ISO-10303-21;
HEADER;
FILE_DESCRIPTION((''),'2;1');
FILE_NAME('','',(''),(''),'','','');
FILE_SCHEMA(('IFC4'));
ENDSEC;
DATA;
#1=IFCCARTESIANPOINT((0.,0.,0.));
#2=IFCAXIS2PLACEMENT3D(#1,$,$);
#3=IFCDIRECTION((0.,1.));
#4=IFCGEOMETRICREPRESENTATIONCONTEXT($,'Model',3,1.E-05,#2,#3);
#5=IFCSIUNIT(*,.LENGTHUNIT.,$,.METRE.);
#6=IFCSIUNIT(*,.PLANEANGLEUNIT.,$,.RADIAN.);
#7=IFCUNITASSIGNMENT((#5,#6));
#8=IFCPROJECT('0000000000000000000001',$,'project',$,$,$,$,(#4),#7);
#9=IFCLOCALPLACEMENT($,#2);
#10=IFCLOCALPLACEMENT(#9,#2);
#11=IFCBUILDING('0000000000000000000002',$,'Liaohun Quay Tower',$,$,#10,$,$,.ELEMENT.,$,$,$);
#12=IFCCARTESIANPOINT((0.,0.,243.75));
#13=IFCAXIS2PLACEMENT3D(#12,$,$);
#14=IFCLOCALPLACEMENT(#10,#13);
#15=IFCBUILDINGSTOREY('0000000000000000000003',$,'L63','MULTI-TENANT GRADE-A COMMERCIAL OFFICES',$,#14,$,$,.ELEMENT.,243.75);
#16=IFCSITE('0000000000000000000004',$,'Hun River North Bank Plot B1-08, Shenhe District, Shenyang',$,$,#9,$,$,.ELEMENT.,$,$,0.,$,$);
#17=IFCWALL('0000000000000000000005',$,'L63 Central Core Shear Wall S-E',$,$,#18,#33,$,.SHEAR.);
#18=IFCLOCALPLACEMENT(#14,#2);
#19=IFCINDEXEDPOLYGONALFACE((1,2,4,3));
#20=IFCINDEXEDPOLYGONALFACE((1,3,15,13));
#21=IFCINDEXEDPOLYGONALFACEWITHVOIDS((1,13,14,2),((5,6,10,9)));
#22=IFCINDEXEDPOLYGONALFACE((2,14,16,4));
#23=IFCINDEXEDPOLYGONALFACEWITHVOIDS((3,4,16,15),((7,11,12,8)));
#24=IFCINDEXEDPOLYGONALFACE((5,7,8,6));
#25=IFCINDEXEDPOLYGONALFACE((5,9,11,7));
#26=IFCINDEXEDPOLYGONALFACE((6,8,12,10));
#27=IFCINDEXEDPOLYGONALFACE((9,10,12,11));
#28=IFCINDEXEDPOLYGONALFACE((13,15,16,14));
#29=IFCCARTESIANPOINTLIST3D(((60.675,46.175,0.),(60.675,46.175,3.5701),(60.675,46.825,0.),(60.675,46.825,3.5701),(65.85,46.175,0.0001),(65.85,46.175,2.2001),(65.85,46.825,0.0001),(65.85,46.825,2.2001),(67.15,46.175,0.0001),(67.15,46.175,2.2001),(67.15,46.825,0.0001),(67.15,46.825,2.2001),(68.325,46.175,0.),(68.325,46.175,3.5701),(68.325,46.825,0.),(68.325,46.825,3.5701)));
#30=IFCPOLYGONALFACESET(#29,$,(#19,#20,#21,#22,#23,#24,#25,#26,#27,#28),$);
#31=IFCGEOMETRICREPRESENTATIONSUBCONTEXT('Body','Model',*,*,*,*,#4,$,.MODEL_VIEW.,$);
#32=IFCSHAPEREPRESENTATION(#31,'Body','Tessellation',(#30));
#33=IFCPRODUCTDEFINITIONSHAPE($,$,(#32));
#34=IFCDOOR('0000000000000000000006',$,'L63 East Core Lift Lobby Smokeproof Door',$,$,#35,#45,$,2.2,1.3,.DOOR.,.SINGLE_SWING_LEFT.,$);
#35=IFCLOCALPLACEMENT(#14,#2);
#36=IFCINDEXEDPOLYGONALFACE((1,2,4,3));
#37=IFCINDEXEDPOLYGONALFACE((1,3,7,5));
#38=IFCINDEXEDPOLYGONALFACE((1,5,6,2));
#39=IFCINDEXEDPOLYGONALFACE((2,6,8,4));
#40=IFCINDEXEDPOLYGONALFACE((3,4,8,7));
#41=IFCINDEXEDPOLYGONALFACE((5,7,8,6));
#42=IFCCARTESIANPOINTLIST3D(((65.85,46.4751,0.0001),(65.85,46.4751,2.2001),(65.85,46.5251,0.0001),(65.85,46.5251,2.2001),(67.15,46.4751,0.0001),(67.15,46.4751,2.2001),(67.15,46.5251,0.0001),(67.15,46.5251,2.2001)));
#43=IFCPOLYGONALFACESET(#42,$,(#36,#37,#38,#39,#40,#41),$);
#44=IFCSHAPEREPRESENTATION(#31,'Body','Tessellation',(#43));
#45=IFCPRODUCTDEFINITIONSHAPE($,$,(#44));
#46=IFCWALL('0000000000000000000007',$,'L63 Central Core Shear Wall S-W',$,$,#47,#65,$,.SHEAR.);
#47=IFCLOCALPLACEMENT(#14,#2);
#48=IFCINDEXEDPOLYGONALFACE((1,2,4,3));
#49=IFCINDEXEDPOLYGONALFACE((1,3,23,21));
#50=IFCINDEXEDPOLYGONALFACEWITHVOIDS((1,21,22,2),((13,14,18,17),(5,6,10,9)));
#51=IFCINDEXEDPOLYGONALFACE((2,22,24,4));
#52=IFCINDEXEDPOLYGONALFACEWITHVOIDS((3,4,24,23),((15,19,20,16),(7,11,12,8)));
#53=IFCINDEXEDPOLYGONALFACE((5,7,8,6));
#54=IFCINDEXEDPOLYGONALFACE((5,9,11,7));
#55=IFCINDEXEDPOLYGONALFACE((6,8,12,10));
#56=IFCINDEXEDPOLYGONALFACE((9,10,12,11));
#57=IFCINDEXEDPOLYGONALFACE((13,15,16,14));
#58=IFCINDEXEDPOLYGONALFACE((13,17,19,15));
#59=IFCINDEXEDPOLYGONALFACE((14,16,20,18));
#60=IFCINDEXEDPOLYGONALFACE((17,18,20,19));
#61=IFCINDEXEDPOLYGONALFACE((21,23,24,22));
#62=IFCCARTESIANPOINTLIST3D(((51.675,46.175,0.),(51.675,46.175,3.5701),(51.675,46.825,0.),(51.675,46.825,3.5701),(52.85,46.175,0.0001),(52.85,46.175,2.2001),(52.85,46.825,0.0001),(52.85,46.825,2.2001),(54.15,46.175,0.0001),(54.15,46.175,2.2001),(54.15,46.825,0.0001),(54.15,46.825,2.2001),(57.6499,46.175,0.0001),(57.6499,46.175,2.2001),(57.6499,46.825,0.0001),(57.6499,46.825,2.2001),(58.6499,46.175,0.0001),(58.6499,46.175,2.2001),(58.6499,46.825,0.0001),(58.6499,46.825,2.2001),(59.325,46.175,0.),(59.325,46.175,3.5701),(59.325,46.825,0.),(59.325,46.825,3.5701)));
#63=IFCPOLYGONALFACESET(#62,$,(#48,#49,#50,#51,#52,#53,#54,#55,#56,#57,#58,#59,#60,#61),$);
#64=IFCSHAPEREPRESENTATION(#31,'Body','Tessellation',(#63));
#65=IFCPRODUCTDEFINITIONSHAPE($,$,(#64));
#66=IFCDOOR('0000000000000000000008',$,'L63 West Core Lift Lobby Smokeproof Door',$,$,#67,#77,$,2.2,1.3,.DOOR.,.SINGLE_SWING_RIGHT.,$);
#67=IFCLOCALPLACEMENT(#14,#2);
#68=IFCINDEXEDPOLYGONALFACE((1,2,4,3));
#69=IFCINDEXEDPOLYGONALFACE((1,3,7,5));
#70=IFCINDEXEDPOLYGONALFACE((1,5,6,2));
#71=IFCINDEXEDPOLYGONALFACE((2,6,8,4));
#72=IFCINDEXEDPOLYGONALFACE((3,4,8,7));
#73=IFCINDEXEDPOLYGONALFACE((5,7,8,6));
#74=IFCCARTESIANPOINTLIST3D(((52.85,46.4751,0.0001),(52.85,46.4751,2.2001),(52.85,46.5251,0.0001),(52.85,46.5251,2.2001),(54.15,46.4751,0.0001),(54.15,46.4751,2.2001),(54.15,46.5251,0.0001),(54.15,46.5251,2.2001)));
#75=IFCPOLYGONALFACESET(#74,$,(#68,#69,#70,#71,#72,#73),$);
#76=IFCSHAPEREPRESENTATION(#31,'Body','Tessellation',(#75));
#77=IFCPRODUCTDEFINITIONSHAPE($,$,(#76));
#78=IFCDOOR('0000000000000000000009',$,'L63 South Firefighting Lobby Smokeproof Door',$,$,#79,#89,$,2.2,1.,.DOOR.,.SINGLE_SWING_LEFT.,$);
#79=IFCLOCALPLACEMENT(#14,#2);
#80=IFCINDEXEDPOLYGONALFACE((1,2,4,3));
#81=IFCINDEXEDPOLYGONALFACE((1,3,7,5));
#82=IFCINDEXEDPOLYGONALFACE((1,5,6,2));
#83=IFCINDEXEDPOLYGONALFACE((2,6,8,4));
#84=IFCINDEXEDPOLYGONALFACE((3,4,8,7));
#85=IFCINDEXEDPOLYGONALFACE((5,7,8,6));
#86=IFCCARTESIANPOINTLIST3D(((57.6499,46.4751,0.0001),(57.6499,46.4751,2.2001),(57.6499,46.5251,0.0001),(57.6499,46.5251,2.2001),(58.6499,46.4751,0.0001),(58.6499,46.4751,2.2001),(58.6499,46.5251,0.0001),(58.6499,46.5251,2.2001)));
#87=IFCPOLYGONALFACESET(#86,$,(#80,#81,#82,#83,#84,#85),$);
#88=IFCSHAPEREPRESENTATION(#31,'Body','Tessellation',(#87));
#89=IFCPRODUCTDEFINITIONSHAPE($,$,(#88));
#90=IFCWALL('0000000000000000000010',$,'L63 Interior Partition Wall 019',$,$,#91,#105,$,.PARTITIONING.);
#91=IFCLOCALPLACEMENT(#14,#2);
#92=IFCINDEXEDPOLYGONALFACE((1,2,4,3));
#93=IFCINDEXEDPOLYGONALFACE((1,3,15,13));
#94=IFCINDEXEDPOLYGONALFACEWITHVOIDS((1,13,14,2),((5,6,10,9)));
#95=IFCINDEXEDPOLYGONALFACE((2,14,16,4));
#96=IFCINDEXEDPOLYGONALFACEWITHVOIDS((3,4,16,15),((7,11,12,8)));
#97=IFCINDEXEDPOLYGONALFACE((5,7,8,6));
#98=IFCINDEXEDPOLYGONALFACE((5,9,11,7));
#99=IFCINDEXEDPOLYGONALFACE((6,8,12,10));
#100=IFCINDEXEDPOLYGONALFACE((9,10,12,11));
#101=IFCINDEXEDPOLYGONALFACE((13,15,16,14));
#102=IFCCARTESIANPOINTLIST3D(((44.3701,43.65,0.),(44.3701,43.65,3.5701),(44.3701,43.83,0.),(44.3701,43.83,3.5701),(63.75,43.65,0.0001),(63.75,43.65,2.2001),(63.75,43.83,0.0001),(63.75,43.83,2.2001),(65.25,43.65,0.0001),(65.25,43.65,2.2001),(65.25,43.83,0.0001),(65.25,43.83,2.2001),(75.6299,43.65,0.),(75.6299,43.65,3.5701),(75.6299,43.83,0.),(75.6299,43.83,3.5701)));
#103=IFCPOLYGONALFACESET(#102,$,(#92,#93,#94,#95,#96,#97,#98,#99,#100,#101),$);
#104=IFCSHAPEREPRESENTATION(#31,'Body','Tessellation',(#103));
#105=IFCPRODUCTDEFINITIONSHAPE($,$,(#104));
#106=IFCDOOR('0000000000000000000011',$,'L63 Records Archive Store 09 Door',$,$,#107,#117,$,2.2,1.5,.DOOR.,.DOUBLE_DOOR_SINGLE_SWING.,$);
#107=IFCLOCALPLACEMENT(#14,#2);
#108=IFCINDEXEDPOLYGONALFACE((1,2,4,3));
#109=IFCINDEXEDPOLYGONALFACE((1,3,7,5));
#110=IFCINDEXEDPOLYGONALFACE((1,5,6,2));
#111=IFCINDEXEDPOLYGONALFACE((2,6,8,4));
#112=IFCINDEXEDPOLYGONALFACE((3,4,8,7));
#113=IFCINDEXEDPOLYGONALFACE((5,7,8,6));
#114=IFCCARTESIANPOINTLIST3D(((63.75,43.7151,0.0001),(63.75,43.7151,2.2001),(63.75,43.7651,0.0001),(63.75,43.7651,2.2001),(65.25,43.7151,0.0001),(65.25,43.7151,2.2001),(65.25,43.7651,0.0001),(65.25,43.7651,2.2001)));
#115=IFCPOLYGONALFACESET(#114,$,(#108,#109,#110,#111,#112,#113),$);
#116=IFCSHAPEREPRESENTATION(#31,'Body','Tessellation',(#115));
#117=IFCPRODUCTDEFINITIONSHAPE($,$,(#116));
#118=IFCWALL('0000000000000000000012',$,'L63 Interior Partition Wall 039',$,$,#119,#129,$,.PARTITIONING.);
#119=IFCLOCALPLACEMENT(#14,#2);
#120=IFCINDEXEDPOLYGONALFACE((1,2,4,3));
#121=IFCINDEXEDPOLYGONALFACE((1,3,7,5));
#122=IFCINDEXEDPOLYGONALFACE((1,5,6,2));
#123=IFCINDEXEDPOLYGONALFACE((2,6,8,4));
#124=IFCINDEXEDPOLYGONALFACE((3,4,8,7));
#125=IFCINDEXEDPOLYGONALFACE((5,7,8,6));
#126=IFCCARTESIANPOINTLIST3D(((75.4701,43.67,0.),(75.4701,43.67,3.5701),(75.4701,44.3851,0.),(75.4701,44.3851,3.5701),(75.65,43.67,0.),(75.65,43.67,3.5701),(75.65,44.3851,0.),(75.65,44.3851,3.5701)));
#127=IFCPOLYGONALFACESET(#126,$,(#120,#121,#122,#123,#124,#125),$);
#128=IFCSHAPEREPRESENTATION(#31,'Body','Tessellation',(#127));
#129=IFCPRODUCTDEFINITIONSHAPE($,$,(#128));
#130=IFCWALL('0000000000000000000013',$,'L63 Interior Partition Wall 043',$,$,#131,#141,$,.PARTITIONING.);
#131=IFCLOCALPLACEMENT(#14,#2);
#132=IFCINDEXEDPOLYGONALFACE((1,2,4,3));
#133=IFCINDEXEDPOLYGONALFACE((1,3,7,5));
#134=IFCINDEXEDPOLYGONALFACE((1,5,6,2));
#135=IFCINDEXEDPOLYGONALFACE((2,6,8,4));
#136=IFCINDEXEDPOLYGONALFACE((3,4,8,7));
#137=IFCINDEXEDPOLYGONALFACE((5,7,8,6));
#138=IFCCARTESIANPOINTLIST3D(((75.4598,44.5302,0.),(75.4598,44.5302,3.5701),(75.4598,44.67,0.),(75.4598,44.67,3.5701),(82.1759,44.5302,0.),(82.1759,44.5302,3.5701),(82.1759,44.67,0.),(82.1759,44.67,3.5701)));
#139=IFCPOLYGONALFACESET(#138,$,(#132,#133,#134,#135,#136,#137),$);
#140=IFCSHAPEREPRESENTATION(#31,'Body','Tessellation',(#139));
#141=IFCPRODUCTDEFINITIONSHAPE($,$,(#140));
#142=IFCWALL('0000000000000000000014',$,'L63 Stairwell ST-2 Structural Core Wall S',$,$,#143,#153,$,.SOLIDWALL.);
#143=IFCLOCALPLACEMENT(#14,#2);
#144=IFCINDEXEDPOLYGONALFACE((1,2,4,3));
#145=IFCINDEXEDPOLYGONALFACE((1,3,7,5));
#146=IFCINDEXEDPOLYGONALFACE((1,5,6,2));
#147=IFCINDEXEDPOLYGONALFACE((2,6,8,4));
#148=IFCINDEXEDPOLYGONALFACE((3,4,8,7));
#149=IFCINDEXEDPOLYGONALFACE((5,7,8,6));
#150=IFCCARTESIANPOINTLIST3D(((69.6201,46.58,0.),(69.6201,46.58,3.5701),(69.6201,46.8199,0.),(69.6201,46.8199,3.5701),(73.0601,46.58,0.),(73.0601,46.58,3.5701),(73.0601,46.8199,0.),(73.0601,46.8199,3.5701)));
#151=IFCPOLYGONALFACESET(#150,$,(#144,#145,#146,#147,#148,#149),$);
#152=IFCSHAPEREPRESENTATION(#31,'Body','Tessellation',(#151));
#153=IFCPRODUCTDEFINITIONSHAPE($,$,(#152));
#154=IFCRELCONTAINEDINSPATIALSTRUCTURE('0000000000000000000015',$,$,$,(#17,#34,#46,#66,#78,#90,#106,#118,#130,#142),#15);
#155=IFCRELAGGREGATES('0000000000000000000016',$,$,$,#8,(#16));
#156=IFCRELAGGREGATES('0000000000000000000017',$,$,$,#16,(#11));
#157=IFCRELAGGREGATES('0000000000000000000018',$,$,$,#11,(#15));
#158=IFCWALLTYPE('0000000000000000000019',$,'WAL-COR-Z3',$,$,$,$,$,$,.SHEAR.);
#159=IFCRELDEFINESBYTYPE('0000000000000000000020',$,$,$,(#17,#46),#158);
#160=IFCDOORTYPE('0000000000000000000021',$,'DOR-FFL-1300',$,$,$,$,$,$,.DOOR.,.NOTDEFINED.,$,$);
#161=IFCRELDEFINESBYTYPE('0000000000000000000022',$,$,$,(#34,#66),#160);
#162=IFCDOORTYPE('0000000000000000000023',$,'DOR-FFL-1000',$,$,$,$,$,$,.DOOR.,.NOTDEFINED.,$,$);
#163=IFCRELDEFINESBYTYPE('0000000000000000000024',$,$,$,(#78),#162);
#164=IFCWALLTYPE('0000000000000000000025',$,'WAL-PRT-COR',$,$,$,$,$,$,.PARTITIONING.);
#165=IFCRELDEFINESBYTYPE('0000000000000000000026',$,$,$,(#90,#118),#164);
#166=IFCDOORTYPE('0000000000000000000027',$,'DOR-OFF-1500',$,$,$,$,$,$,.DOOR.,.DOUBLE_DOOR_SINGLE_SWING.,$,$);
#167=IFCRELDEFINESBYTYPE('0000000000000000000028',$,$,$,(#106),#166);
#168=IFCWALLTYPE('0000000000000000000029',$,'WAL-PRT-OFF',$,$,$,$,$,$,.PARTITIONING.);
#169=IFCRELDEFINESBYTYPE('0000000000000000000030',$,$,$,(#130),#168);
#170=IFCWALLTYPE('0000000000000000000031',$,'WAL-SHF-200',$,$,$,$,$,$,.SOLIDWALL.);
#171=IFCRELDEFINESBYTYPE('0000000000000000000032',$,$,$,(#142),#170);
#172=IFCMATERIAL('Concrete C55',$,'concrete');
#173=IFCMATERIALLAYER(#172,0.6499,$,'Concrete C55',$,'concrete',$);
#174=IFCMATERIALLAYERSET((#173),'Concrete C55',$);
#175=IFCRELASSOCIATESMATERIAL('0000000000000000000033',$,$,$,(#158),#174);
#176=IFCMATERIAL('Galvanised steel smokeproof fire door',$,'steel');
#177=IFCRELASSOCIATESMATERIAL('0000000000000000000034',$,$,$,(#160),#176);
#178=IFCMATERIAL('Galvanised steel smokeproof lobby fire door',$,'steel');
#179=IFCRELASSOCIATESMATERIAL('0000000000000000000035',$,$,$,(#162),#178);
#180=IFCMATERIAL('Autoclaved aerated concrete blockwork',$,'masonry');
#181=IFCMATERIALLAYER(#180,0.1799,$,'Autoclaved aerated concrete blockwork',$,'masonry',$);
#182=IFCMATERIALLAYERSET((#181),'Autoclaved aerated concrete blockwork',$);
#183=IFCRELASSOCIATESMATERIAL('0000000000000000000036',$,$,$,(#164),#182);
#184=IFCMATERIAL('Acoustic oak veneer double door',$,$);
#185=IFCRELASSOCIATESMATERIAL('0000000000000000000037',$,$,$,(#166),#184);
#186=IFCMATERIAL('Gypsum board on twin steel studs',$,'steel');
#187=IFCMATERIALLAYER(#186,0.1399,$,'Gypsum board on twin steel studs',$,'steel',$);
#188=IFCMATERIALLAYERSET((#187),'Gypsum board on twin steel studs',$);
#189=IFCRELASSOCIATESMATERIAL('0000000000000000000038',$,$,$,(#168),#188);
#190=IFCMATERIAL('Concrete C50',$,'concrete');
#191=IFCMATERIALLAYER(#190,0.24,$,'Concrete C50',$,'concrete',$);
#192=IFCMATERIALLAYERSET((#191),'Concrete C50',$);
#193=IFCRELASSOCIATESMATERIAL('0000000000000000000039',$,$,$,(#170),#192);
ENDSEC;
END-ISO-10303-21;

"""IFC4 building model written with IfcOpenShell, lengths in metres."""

from ifc_helpers import new_model, si_unit, direction, frame, frame_2d, origin, place, context, subcontext, project, spatial, rectangle, extrude, source, transform, mapped, material, layer, layer_set, type_object, element, fill, save


model = new_model("IFC4")

# Units and contexts
model_context = context("Model", 3, precision=1e-05, world=origin(), true_north=direction((0.0, 1.0)))
body_context = subcontext(model_context, "Body", "Model", "MODEL_VIEW")
ifc_project = project(units=[si_unit("LENGTHUNIT", "METRE"), si_unit("PLANEANGLEUNIT", "RADIAN")], contexts=[model_context])

# Site, building, storey
site_placement = place(None, origin())
site = spatial("IfcSite", under=ifc_project, at=site_placement, Name="Hun River North Bank Plot B1-08, Shenhe District, Shenyang", CompositionType="ELEMENT", RefElevation=0.0)
building_placement = place(site_placement, origin())
building = spatial("IfcBuilding", under=site, at=building_placement, Name="Liaohun Quay Tower", CompositionType="ELEMENT")
storey_placement = place(building_placement, frame((0.0, 0.0, 243.75)))
storey = spatial("IfcBuildingStorey", under=building, at=storey_placement, Name="L63", Description="MULTI-TENANT GRADE-A COMMERCIAL OFFICES", CompositionType="ELEMENT", Elevation=243.75)

# Shared definitions
ifc_material_1 = material(Name="Concrete C55", Category="concrete")

# Wall, opening, door
ifc_layer_1 = layer(ifc_material_1, 0.6499, Name="Concrete C55", Category="concrete")
ifc_layer_set_1 = layer_set([ifc_layer_1], Name="Concrete C55")
wall_type_1 = type_object("IfcWallType", Name="WAL-COR-Z3", PredefinedType="SHEAR", material=ifc_layer_set_1)
wall_1_placement = place(storey_placement, frame((68.325, 46.5, 0.0), z_axis=(0.0, 0.0, 1.0), x_axis=(-1.0, 0.0, 0.0)))
wall_1 = element("IfcWall", 1, at=wall_1_placement, inside=storey, type_object=wall_type_1, Name="L63 Central Core Shear Wall S-E", PredefinedType="SHEAR", context=body_context, shape_type="SweptSolid", body=[
    extrude(rectangle(XDim=7.6499, YDim=0.6499, at=frame_2d((3.825, 0.0))), origin(), (0.0, 0.0, 1.0), 3.5701),
])
shared_shape_1 = source(origin(), body_context, "Body", "SweptSolid", [
    extrude(rectangle(XDim=1.3, YDim=2.2, at=frame_2d((0.6499, 1.1001))), frame((0.0, 0.335, 0.0), z_axis=(0.0, -1.0, 0.0), x_axis=(1.0, 0.0, 0.0)), (0.0, 0.0, 1.0), 0.6699),
])
opening_1_placement = place(wall_1_placement, frame((1.175, 0.0, 0.0)))
opening_1 = element("IfcOpeningElement", 2, at=opening_1_placement, cuts=wall_1, PredefinedType="OPENING", context=body_context, shape_type="MappedRepresentation", body=[
    mapped(shared_shape_1, transform((0.0, 0.0, 0.0), x_axis=(1.0, 0.0, 0.0), y_axis=(0.0, 1.0, 0.0), z_axis=(0.0, 0.0, 1.0), scale=1.0)),
])
ifc_material_2 = material(Name="Galvanised steel smokeproof fire door", Category="steel")
door_type_1 = type_object("IfcDoorType", Name="DOR-FFL-1300", OperationType="NOTDEFINED", PredefinedType="DOOR", material=ifc_material_2)
shared_shape_2 = source(origin(), body_context, "Body", "SweptSolid", [
    extrude(rectangle(XDim=1.3, YDim=2.2, at=frame_2d((0.6499, 1.1001))), frame((0.0, 0.0249, 0.0), z_axis=(0.0, -1.0, 0.0), x_axis=(1.0, 0.0, 0.0)), (0.0, 0.0, 1.0), 0.05),
])
door_1_placement = place(opening_1_placement, origin())
door_1 = element("IfcDoor", 3, at=door_1_placement, inside=storey, type_object=door_type_1, Name="L63 East Core Lift Lobby Smokeproof Door", OperationType="SINGLE_SWING_LEFT", OverallHeight=2.2, OverallWidth=1.3, PredefinedType="DOOR", context=body_context, shape_type="MappedRepresentation", body=[
    mapped(shared_shape_2, transform((0.0, 0.0, 0.0), x_axis=(1.0, 0.0, 0.0), y_axis=(0.0, 1.0, 0.0), z_axis=(0.0, 0.0, 1.0), scale=1.0)),
])
fill(opening_1, door_1)

# Wall, openings, doors
wall_2_placement = place(storey_placement, frame((59.325, 46.5, 0.0), z_axis=(0.0, 0.0, 1.0), x_axis=(-1.0, 0.0, 0.0)))
wall_2 = element("IfcWall", 4, at=wall_2_placement, inside=storey, type_object=wall_type_1, Name="L63 Central Core Shear Wall S-W", PredefinedType="SHEAR", context=body_context, shape_type="SweptSolid", body=[
    extrude(rectangle(XDim=7.6499, YDim=0.6499, at=frame_2d((3.825, 0.0))), origin(), (0.0, 0.0, 1.0), 3.5701),
])
opening_2_placement = place(wall_2_placement, frame((5.175, 0.0, 0.0)))
opening_2 = element("IfcOpeningElement", 5, at=opening_2_placement, cuts=wall_2, PredefinedType="OPENING", context=body_context, shape_type="MappedRepresentation", body=[
    mapped(shared_shape_1, transform((0.0, 0.0, 0.0), x_axis=(1.0, 0.0, 0.0), y_axis=(0.0, 1.0, 0.0), z_axis=(0.0, 0.0, 1.0), scale=1.0)),
])
shared_shape_3 = source(origin(), body_context, "Body", "SweptSolid", [
    extrude(rectangle(XDim=1.0, YDim=2.2, at=frame_2d((0.5, 1.1001))), frame((0.0, 0.335, 0.0), z_axis=(0.0, -1.0, 0.0), x_axis=(1.0, 0.0, 0.0)), (0.0, 0.0, 1.0), 0.6699),
])
opening_3_placement = place(wall_2_placement, frame((0.675, 0.0, 0.0)))
opening_3 = element("IfcOpeningElement", 6, at=opening_3_placement, cuts=wall_2, PredefinedType="OPENING", context=body_context, shape_type="MappedRepresentation", body=[
    mapped(shared_shape_3, transform((0.0, 0.0, 0.0), x_axis=(1.0, 0.0, 0.0), y_axis=(0.0, 1.0, 0.0), z_axis=(0.0, 0.0, 1.0), scale=1.0)),
])
door_2_placement = place(opening_2_placement, origin())
door_2 = element("IfcDoor", 7, at=door_2_placement, inside=storey, type_object=door_type_1, Name="L63 West Core Lift Lobby Smokeproof Door", OperationType="SINGLE_SWING_RIGHT", OverallHeight=2.2, OverallWidth=1.3, PredefinedType="DOOR", context=body_context, shape_type="MappedRepresentation", body=[
    mapped(shared_shape_2, transform((0.0, 0.0, 0.0), x_axis=(1.0, 0.0, 0.0), y_axis=(0.0, 1.0, 0.0), z_axis=(0.0, 0.0, 1.0), scale=1.0)),
])
fill(opening_2, door_2)
ifc_material_3 = material(Name="Galvanised steel smokeproof lobby fire door", Category="steel")
door_type_2 = type_object("IfcDoorType", Name="DOR-FFL-1000", OperationType="NOTDEFINED", PredefinedType="DOOR", material=ifc_material_3)
shared_shape_4 = source(origin(), body_context, "Body", "SweptSolid", [
    extrude(rectangle(XDim=1.0, YDim=2.2, at=frame_2d((0.5, 1.1001))), frame((0.0, 0.0249, 0.0), z_axis=(0.0, -1.0, 0.0), x_axis=(1.0, 0.0, 0.0)), (0.0, 0.0, 1.0), 0.05),
])
door_3_placement = place(opening_3_placement, origin())
door_3 = element("IfcDoor", 8, at=door_3_placement, inside=storey, type_object=door_type_2, Name="L63 South Firefighting Lobby Smokeproof Door", OperationType="SINGLE_SWING_LEFT", OverallHeight=2.2, OverallWidth=1.0, PredefinedType="DOOR", context=body_context, shape_type="MappedRepresentation", body=[
    mapped(shared_shape_4, transform((0.0, 0.0, 0.0), x_axis=(1.0, 0.0, 0.0), y_axis=(0.0, 1.0, 0.0), z_axis=(0.0, 0.0, 1.0), scale=1.0)),
])
fill(opening_3, door_3)

# Wall, opening, door
ifc_material_4 = material(Name="Autoclaved aerated concrete blockwork", Category="masonry")
ifc_layer_2 = layer(ifc_material_4, 0.1799, Name="Autoclaved aerated concrete blockwork", Category="masonry")
ifc_layer_set_2 = layer_set([ifc_layer_2], Name="Autoclaved aerated concrete blockwork")
wall_type_2 = type_object("IfcWallType", Name="WAL-PRT-COR", PredefinedType="PARTITIONING", material=ifc_layer_set_2)
wall_3_placement = place(storey_placement, frame((75.6299, 43.74, 0.0), z_axis=(0.0, 0.0, 1.0), x_axis=(-1.0, 0.0, 0.0)))
wall_3 = element("IfcWall", 9, at=wall_3_placement, inside=storey, type_object=wall_type_2, Name="L63 Interior Partition Wall 019", PredefinedType="PARTITIONING", context=body_context, shape_type="SweptSolid", body=[
    extrude(rectangle(XDim=31.2598, YDim=0.1799, at=frame_2d((15.6299, 0.0))), origin(), (0.0, 0.0, 1.0), 3.5701),
])
shared_shape_5 = source(origin(), body_context, "Body", "SweptSolid", [
    extrude(rectangle(XDim=1.5, YDim=2.2, at=frame_2d((0.75, 1.1001))), frame((0.0, 0.0999, 0.0), z_axis=(0.0, -1.0, 0.0), x_axis=(1.0, 0.0, 0.0)), (0.0, 0.0, 1.0), 0.2),
])
opening_4_placement = place(wall_3_placement, frame((10.3799, 0.0, 0.0)))
opening_4 = element("IfcOpeningElement", 10, at=opening_4_placement, cuts=wall_3, PredefinedType="OPENING", context=body_context, shape_type="MappedRepresentation", body=[
    mapped(shared_shape_5, transform((0.0, 0.0, 0.0), x_axis=(1.0, 0.0, 0.0), y_axis=(0.0, 1.0, 0.0), z_axis=(0.0, 0.0, 1.0), scale=1.0)),
])
ifc_material_5 = material(Name="Acoustic oak veneer double door")
door_type_3 = type_object("IfcDoorType", Name="DOR-OFF-1500", OperationType="DOUBLE_DOOR_SINGLE_SWING", PredefinedType="DOOR", material=ifc_material_5)
shared_shape_6 = source(origin(), body_context, "Body", "SweptSolid", [
    extrude(rectangle(XDim=1.5, YDim=2.2, at=frame_2d((0.75, 1.1001))), frame((0.0, 0.0249, 0.0), z_axis=(0.0, -1.0, 0.0), x_axis=(1.0, 0.0, 0.0)), (0.0, 0.0, 1.0), 0.05),
])
door_4_placement = place(opening_4_placement, origin())
door_4 = element("IfcDoor", 11, at=door_4_placement, inside=storey, type_object=door_type_3, Name="L63 Records Archive Store 09 Door", OperationType="DOUBLE_DOOR_SINGLE_SWING", OverallHeight=2.2, OverallWidth=1.5, PredefinedType="DOOR", context=body_context, shape_type="MappedRepresentation", body=[
    mapped(shared_shape_6, transform((0.0, 0.0, 0.0), x_axis=(1.0, 0.0, 0.0), y_axis=(0.0, 1.0, 0.0), z_axis=(0.0, 0.0, 1.0), scale=1.0)),
])
fill(opening_4, door_4)

# Walls
wall_4_placement = place(storey_placement, frame((75.5601, 44.385, 0.0), z_axis=(0.0, 0.0, 1.0), x_axis=(0.0, -1.0, 0.0)))
element("IfcWall", 12, at=wall_4_placement, inside=storey, type_object=wall_type_2, Name="L63 Interior Partition Wall 039", PredefinedType="PARTITIONING", context=body_context, shape_type="SweptSolid", body=[
    extrude(rectangle(XDim=0.7151, YDim=0.1799, at=frame_2d((0.3574, 0.0))), origin(), (0.0, 0.0, 1.0), 3.5701),
])
ifc_material_6 = material(Name="Gypsum board on twin steel studs", Category="steel")
ifc_layer_3 = layer(ifc_material_6, 0.1399, Name="Gypsum board on twin steel studs", Category="steel")
ifc_layer_set_3 = layer_set([ifc_layer_3], Name="Gypsum board on twin steel studs")
wall_type_3 = type_object("IfcWallType", Name="WAL-PRT-OFF", PredefinedType="PARTITIONING", material=ifc_layer_set_3)
wall_5_placement = place(storey_placement, frame((75.46, 44.6001, 0.0), z_axis=(0.0, 0.0, 1.0), x_axis=(1.0, 0.0, 0.0)))
element("IfcWall", 13, at=wall_5_placement, inside=storey, type_object=wall_type_3, Name="L63 Interior Partition Wall 043", PredefinedType="PARTITIONING", context=body_context, shape_type="SweptSolid", body=[
    extrude(rectangle(XDim=6.7161, YDim=0.1399, at=frame_2d((3.3579, 0.0))), origin(), (0.0, 0.0, 1.0), 3.5701),
])
ifc_material_7 = material(Name="Concrete C50", Category="concrete")
ifc_layer_4 = layer(ifc_material_7, 0.24, Name="Concrete C50", Category="concrete")
ifc_layer_set_4 = layer_set([ifc_layer_4], Name="Concrete C50")
wall_type_4 = type_object("IfcWallType", Name="WAL-SHF-200", PredefinedType="SOLIDWALL", material=ifc_layer_set_4)
wall_6_placement = place(storey_placement, frame((69.6201, 46.7, 0.0), z_axis=(0.0, 0.0, 1.0), x_axis=(1.0, 0.0, 0.0)))
element("IfcWall", 14, at=wall_6_placement, inside=storey, type_object=wall_type_4, Name="L63 Stairwell ST-2 Structural Core Wall S", PredefinedType="SOLIDWALL", context=body_context, shape_type="SweptSolid", body=[
    extrude(rectangle(XDim=3.4399, YDim=0.24, at=frame_2d((1.72, 0.0))), origin(), (0.0, 0.0, 1.0), 3.5701),
])

save(model, "model.ifc")
